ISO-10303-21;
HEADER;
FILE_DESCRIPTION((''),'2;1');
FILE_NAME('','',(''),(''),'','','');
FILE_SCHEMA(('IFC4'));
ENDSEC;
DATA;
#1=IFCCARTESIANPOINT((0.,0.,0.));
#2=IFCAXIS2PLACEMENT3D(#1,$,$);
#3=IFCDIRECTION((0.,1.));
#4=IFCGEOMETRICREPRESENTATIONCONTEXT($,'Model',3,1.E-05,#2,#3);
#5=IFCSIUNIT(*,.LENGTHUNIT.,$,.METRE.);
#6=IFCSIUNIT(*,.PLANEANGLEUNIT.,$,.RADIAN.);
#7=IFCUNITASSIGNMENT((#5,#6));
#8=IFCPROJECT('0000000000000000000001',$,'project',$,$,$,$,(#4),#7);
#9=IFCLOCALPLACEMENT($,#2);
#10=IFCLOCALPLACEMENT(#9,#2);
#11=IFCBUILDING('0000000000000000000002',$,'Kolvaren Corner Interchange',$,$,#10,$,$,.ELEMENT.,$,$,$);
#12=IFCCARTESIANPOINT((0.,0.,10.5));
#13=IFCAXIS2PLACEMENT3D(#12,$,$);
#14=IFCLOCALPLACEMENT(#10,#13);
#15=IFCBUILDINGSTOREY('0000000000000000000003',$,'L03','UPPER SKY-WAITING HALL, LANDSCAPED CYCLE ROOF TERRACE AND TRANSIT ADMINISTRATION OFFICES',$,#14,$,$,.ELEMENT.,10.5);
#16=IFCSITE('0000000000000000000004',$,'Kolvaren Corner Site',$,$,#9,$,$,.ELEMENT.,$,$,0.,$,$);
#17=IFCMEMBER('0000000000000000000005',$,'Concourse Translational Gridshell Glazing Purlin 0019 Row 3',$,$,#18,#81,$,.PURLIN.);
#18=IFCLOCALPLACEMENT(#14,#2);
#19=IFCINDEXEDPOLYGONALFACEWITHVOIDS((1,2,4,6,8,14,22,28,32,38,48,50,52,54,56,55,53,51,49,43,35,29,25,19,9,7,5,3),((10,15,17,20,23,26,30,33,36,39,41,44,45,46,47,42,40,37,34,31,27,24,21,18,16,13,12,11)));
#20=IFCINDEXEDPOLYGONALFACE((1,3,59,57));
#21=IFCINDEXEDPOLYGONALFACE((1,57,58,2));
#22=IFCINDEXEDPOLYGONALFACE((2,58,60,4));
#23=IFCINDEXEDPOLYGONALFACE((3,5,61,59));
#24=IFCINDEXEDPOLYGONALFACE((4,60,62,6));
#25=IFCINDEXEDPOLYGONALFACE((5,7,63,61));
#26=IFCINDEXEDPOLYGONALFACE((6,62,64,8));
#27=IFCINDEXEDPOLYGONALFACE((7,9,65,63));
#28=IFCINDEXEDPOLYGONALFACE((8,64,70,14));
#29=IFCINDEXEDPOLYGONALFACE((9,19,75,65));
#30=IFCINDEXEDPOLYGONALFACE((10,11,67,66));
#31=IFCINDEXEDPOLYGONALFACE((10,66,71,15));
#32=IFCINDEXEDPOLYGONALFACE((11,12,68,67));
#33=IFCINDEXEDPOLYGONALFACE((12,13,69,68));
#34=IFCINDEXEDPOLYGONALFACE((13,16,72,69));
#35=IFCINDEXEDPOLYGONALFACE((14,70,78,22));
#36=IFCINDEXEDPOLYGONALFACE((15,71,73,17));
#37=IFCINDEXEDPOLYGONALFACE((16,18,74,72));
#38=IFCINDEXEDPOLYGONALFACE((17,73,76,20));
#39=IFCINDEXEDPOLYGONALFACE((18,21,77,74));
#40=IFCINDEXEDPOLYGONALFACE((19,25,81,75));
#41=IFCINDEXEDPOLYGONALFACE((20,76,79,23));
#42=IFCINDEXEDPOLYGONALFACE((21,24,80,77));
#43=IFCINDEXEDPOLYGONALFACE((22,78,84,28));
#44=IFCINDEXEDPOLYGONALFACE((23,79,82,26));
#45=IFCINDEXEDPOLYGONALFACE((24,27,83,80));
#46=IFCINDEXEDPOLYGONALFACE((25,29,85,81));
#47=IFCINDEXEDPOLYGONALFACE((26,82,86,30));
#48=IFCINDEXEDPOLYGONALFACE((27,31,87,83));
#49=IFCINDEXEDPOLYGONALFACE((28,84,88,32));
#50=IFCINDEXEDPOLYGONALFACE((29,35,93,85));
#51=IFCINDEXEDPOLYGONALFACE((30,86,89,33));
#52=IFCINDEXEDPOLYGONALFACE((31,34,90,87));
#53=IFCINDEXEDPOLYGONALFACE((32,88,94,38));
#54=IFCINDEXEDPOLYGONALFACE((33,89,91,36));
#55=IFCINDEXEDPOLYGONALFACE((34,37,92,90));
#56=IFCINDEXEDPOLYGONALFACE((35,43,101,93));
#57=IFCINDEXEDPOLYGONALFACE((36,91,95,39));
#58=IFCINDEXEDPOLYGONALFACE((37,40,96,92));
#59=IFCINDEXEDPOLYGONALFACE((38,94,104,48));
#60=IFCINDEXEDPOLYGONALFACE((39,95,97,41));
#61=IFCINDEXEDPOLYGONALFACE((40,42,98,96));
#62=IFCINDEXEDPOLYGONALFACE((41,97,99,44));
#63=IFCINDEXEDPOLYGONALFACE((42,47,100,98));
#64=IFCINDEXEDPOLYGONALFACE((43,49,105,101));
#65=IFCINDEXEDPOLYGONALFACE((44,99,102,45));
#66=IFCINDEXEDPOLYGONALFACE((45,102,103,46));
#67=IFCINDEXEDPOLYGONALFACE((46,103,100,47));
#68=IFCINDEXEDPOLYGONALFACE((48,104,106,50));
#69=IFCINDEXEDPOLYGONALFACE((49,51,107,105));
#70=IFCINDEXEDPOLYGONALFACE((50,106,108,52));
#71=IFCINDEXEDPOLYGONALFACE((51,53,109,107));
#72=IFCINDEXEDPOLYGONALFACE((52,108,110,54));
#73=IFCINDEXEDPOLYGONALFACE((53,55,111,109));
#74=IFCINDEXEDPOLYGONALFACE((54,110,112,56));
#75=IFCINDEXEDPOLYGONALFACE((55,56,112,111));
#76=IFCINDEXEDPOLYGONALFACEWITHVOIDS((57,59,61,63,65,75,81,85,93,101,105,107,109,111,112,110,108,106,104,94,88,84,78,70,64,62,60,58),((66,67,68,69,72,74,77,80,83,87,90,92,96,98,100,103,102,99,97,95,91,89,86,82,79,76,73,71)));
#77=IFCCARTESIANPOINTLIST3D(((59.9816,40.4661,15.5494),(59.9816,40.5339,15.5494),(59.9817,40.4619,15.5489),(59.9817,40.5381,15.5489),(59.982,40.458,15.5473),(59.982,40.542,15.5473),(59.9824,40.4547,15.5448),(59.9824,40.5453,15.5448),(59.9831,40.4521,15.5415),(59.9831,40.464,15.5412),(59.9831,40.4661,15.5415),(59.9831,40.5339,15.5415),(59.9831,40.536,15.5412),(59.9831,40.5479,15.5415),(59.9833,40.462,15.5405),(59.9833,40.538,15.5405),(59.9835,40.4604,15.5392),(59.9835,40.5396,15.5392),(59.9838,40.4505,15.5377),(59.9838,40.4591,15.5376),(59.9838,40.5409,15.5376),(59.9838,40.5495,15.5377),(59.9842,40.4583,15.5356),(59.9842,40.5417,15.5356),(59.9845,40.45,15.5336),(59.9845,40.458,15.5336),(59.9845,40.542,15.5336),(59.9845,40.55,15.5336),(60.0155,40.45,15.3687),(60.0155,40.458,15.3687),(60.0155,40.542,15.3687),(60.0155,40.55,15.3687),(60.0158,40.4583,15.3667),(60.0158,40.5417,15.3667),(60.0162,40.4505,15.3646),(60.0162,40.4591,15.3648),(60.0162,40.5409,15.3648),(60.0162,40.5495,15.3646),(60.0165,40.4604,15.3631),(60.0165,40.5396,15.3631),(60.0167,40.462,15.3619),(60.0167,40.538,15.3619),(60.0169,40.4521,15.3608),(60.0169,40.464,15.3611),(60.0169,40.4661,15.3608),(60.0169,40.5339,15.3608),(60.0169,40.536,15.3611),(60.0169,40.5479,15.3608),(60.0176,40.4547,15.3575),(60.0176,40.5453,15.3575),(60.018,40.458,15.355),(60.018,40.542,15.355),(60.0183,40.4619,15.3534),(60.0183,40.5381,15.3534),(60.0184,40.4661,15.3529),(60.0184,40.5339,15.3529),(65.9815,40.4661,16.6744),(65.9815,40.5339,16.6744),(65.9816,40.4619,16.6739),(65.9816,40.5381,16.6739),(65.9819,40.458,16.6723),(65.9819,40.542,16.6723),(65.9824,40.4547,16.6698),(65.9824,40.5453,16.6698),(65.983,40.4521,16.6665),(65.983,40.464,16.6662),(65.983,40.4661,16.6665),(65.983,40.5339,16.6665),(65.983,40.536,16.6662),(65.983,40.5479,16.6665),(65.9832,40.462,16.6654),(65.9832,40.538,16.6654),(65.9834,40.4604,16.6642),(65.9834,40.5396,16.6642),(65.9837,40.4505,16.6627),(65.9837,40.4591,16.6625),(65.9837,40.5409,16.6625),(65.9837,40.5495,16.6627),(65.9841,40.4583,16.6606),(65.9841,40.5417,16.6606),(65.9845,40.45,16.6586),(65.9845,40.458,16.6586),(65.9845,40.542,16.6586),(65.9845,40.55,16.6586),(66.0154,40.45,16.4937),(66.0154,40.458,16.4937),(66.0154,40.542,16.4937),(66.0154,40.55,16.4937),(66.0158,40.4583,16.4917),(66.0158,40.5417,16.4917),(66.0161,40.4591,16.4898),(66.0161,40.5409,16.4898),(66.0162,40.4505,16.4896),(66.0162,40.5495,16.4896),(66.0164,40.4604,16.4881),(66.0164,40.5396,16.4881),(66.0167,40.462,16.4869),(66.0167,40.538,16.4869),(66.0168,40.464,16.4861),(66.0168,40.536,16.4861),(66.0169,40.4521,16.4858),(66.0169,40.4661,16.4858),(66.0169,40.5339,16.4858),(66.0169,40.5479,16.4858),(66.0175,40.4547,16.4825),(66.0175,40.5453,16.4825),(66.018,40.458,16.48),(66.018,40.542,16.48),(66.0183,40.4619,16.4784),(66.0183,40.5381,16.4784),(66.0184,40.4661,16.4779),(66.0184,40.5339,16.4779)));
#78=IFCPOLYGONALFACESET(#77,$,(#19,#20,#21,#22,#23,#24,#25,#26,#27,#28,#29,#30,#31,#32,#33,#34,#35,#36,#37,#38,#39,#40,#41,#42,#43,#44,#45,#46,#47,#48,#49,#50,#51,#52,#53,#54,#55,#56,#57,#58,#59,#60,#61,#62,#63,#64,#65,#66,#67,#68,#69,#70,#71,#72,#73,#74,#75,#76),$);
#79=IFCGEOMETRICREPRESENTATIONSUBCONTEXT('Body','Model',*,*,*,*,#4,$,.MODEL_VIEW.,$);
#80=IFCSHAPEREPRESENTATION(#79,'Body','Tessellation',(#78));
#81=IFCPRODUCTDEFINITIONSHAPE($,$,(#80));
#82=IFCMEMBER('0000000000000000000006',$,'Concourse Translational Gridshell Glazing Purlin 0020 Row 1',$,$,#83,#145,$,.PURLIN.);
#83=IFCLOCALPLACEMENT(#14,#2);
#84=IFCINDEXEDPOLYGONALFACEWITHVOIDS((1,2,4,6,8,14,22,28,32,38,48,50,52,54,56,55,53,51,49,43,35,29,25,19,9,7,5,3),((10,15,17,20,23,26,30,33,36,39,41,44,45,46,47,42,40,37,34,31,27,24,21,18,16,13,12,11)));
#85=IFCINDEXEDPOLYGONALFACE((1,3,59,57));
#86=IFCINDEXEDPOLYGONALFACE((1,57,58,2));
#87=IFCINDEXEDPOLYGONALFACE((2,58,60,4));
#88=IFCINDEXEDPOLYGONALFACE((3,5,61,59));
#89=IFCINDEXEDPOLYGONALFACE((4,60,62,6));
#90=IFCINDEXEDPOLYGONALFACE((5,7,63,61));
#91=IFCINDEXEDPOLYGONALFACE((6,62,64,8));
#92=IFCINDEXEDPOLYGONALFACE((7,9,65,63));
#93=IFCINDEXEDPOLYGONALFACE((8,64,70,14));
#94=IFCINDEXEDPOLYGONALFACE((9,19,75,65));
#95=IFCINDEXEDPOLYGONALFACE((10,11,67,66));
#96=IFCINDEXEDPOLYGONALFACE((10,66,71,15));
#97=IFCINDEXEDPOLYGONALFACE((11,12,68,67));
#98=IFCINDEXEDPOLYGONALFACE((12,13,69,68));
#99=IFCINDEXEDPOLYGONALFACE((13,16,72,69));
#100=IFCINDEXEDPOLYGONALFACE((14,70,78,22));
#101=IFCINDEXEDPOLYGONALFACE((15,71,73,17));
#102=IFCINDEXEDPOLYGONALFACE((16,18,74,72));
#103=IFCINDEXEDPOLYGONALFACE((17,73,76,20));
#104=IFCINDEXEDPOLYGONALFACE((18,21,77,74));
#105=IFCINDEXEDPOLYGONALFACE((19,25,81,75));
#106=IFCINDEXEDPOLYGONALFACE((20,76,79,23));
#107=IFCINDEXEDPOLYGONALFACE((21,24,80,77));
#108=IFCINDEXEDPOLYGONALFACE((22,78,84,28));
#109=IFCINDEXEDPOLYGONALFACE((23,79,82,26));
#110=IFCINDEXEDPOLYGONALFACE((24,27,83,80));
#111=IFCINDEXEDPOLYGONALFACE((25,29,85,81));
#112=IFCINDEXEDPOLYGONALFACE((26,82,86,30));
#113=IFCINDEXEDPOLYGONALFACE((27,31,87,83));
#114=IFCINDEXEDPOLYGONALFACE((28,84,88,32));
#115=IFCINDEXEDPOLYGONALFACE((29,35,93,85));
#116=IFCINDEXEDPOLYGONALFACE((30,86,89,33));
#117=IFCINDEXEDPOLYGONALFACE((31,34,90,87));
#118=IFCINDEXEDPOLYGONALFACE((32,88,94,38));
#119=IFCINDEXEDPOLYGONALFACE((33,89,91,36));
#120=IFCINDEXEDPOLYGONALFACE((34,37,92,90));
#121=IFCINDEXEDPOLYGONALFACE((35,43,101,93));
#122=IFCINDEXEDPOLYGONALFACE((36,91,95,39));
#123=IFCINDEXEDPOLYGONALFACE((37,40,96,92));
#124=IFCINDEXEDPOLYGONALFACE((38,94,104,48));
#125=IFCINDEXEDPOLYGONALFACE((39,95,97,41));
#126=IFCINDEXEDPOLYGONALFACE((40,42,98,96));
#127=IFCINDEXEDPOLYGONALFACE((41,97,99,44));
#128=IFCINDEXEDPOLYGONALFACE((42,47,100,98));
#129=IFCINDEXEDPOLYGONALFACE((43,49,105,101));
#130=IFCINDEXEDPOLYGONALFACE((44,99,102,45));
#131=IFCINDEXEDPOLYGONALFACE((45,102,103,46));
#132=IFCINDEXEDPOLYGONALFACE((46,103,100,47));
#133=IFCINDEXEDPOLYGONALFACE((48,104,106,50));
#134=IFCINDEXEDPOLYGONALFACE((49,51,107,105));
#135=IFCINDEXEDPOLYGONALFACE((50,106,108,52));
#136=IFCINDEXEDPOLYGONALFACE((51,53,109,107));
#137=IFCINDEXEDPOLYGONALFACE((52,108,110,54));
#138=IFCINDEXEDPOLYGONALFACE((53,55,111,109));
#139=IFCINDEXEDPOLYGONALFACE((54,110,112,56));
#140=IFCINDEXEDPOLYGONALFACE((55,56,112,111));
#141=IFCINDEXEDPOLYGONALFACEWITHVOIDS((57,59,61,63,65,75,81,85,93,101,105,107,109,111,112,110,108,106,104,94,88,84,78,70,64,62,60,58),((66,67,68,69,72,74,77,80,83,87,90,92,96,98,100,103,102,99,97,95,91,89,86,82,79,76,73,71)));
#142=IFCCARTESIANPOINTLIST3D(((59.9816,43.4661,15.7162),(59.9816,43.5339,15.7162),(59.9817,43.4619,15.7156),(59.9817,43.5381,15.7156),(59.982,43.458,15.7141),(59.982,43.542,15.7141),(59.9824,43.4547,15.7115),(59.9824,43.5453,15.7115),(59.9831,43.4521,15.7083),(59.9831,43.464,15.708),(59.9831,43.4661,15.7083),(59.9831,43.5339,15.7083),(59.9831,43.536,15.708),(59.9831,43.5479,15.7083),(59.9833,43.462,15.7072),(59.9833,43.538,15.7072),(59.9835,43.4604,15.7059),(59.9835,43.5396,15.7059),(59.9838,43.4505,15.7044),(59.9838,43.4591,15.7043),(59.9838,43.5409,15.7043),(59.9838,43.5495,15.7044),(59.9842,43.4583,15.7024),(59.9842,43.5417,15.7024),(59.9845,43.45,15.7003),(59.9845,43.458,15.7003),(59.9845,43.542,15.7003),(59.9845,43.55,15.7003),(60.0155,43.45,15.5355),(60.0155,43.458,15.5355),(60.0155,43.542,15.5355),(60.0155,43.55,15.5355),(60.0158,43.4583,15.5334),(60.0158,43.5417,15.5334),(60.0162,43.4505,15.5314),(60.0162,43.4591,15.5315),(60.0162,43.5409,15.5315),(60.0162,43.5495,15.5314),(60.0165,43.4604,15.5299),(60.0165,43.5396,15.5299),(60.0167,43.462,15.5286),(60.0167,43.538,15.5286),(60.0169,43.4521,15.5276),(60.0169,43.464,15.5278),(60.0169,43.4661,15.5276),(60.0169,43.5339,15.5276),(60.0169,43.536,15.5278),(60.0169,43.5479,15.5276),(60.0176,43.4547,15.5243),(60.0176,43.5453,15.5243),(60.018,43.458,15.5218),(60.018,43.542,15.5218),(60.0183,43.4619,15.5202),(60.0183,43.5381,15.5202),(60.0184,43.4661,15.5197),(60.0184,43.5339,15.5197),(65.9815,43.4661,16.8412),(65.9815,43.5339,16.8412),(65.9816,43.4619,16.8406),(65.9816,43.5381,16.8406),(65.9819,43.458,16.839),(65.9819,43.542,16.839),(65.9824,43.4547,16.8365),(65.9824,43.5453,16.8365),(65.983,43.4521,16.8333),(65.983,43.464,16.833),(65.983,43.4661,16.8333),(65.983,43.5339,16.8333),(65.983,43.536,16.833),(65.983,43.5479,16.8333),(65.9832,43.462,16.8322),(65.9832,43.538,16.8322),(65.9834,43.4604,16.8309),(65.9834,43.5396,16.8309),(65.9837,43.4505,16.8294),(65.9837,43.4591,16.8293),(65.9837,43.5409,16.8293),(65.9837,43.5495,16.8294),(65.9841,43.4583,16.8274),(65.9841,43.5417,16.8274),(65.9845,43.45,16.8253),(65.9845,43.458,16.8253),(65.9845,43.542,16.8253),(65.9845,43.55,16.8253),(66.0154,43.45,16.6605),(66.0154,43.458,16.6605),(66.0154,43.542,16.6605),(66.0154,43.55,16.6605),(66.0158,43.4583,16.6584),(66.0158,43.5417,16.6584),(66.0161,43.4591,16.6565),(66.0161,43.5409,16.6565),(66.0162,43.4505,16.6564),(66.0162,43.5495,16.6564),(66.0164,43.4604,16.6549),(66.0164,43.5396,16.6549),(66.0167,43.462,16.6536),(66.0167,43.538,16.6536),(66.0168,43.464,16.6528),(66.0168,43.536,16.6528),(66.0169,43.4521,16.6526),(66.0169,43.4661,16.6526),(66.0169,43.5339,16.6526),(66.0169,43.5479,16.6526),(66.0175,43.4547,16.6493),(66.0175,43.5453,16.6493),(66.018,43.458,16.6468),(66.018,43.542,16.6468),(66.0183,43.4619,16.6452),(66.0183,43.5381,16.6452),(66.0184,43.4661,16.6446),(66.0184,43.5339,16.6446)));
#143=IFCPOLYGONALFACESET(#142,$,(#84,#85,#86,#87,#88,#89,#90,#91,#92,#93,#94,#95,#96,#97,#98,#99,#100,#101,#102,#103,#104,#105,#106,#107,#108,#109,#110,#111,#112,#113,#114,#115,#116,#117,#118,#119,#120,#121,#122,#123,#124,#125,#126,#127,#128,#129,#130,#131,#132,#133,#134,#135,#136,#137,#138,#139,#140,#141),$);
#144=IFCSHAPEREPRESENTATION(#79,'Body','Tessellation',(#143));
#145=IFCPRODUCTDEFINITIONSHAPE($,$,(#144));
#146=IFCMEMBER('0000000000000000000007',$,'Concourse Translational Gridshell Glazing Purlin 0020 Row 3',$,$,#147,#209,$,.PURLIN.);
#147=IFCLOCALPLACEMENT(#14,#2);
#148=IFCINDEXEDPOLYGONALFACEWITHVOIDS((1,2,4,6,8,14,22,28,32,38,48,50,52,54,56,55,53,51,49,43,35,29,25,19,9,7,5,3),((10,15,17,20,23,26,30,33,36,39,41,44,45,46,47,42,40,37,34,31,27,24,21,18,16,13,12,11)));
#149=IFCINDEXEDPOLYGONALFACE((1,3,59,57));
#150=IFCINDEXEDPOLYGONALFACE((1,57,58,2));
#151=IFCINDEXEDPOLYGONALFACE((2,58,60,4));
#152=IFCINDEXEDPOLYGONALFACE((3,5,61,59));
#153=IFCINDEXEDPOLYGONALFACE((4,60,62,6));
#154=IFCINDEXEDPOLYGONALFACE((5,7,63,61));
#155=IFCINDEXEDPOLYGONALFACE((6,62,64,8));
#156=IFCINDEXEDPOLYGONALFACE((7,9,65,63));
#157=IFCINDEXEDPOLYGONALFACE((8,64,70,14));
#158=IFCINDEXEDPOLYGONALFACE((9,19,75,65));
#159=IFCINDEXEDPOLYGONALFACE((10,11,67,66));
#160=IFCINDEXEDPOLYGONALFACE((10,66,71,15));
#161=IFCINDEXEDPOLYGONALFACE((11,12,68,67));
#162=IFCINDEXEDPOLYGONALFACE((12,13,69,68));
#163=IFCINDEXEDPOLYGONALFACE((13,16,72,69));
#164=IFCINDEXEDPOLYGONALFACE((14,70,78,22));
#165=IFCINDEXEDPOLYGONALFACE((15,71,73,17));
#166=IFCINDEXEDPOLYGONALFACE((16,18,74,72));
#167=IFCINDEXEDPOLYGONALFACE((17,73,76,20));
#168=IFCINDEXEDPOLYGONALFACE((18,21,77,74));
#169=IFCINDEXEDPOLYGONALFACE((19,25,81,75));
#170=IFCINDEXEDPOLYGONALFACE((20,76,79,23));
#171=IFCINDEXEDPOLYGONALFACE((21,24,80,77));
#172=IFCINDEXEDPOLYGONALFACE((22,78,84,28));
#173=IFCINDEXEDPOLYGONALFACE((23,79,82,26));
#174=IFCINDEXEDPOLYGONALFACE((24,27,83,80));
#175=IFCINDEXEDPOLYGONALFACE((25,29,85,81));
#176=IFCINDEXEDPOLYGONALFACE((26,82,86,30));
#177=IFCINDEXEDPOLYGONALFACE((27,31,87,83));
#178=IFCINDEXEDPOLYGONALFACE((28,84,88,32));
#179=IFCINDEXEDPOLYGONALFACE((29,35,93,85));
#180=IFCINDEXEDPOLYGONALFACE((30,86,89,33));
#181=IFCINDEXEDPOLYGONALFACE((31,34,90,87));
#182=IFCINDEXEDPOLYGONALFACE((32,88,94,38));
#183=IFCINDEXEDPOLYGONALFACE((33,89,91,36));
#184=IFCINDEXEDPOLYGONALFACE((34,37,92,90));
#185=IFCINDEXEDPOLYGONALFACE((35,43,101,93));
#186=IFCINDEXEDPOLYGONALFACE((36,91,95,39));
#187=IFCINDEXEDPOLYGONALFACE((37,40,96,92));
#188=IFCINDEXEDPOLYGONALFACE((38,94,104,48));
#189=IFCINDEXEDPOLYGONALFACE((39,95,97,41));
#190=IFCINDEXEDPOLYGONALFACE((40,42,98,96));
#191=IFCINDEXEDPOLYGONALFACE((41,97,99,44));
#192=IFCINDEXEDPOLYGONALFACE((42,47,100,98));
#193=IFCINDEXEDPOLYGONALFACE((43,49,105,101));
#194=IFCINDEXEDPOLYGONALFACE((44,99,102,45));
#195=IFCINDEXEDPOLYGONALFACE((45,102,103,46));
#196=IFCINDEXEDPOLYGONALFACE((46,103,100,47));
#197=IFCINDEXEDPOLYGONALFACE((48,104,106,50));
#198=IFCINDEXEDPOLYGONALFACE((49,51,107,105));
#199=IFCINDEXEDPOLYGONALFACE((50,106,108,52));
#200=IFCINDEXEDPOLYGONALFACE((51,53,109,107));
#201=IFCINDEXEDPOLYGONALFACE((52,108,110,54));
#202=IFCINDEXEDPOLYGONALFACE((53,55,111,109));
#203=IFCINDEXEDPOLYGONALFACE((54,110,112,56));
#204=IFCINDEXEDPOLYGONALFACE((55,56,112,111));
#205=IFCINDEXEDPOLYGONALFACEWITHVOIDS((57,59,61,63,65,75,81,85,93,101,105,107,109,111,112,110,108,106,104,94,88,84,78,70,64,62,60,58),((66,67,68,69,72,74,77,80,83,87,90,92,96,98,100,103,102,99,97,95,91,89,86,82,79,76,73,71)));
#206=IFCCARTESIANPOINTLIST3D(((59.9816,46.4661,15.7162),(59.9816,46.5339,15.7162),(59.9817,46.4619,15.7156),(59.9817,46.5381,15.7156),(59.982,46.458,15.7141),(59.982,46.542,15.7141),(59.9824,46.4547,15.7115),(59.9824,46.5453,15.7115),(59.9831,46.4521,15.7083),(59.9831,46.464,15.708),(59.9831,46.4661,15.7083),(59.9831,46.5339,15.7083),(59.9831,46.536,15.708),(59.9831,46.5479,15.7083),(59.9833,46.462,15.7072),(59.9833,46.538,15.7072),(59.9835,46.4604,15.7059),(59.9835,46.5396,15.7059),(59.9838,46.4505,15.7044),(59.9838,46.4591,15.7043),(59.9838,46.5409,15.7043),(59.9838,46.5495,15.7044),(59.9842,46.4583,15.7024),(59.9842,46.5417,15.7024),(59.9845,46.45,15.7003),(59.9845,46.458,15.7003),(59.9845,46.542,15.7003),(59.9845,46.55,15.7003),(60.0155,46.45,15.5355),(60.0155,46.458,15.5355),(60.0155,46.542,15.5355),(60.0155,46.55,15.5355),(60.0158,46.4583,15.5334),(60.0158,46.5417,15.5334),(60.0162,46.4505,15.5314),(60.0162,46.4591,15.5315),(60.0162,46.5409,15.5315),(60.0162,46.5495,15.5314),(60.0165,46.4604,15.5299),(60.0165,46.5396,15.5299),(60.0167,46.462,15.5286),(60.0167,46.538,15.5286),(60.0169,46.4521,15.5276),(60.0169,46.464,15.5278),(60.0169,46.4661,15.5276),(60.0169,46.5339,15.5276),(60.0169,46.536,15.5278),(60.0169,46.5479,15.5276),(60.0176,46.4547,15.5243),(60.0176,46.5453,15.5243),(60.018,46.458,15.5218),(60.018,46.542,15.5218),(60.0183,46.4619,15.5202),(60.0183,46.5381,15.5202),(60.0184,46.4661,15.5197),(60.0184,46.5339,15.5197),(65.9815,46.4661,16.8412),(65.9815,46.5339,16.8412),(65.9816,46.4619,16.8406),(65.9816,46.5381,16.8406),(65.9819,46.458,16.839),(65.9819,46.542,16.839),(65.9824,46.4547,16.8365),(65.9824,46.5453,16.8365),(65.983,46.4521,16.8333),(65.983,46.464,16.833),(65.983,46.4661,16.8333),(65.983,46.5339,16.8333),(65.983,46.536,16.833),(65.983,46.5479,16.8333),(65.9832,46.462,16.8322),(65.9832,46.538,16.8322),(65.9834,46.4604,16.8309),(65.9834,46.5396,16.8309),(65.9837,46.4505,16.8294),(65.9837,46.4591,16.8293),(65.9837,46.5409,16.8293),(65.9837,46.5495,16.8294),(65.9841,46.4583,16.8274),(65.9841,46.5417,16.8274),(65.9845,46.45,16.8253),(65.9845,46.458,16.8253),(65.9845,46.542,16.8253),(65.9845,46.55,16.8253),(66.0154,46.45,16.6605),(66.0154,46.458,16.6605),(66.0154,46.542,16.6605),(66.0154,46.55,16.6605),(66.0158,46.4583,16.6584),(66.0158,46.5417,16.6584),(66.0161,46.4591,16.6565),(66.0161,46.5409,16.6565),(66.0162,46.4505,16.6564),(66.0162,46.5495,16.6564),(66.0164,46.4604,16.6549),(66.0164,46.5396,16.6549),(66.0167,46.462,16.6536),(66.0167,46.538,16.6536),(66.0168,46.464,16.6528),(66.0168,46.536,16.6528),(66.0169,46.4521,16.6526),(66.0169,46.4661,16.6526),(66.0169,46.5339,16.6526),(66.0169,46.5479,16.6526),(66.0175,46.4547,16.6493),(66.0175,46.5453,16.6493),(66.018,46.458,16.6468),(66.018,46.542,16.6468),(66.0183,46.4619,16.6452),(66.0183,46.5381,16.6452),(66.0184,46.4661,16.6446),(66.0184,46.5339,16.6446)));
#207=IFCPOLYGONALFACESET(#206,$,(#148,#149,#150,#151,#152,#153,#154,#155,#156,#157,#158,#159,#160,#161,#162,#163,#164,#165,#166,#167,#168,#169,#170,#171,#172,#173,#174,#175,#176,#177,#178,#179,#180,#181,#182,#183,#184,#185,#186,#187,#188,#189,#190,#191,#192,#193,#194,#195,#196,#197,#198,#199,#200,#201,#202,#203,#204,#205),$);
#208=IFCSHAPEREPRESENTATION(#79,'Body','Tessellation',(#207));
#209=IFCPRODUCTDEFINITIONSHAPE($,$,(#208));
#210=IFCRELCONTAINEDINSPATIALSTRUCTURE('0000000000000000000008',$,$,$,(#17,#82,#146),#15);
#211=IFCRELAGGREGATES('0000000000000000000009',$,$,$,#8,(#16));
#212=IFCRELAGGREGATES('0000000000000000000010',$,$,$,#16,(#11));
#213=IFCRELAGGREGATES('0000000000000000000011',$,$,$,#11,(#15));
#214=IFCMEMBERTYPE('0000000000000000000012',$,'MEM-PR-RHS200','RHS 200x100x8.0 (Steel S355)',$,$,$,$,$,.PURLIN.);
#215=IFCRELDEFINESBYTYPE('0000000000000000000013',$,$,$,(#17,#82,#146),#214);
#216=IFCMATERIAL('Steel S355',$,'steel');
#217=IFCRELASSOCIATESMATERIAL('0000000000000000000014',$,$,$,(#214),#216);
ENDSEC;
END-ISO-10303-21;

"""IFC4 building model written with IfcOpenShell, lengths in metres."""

from ifc_helpers import new_model, si_unit, direction, frame, origin, origin_2d, place, context, subcontext, project, spatial, hollow_rectangle, extrude, material, material_profile, profile_set, type_object, element, save


model = new_model("IFC4")

# Units and contexts
model_context = context("Model", 3, precision=1e-05, world=origin(), true_north=direction((0.0, 1.0)))
body_context = subcontext(model_context, "Body", "Model", "MODEL_VIEW")
ifc_project = project(units=[si_unit("LENGTHUNIT", "METRE"), si_unit("PLANEANGLEUNIT", "RADIAN")], contexts=[model_context])

# Site, building, storey
site_placement = place(None, origin())
site = spatial("IfcSite", under=ifc_project, at=site_placement, Name="Kolvaren Corner Site", CompositionType="ELEMENT", RefElevation=0.0)
building_placement = place(site_placement, origin())
building = spatial("IfcBuilding", under=site, at=building_placement, Name="Kolvaren Corner Interchange", CompositionType="ELEMENT")
storey_placement = place(building_placement, frame((0.0, 0.0, 10.5)))
storey = spatial("IfcBuildingStorey", under=building, at=storey_placement, Name="L03", Description="UPPER SKY-WAITING HALL, LANDSCAPED CYCLE ROOF TERRACE AND TRANSIT ADMINISTRATION OFFICES", CompositionType="ELEMENT", Elevation=10.5)

# Members
ifc_material_1 = material(Name="Steel S355", Category="steel")
ifc_material_profile_1 = material_profile(ifc_material_1, hollow_rectangle(XDim=0.1001, YDim=0.2, WallThickness=0.0081, InnerFilletRadius=0.0081, OuterFilletRadius=0.0161, at=origin_2d()), Name="RHS 200x100x8.0")
ifc_profile_set_1 = profile_set([ifc_material_profile_1], Name="Steel S355")
member_type_1 = type_object("IfcMemberType", Name="MEM-PR-RHS200", Description="RHS 200x100x8.0 (Steel S355)", PredefinedType="PURLIN", material=ifc_profile_set_1)
for number, where, z_axis, x_axis, name in (
    (1, (60.0, 40.5, 15.4512), (0.982872, 0.0, 0.184289), (0.0, 1.0, 0.0), "Concourse Translational Gridshell Glazing Purlin 0019 Row 3"),
    (2, (60.0, 43.5, 15.6179), (0.982872, 0.0, 0.184289), (0.0, 1.0, 0.0), "Concourse Translational Gridshell Glazing Purlin 0020 Row 1"),
    (3, (60.0, 46.5, 15.6179), (0.982872, 0.0, 0.184289), (0.0, 1.0, 0.0), "Concourse Translational Gridshell Glazing Purlin 0020 Row 3"),
):
    element("IfcMember", number, at=place(storey_placement, frame(where, z_axis=z_axis, x_axis=x_axis)), inside=storey, type_object=member_type_1, Name=name, PredefinedType="PURLIN", context=body_context, shape_type="SweptSolid", body=[
        extrude(hollow_rectangle(XDim=0.1001, YDim=0.2, WallThickness=0.0081, InnerFilletRadius=0.0081, OuterFilletRadius=0.0161, at=origin_2d()), origin(), (0.0, 0.0, 1.0), 6.1045),
    ])

save(model, "model.ifc")
